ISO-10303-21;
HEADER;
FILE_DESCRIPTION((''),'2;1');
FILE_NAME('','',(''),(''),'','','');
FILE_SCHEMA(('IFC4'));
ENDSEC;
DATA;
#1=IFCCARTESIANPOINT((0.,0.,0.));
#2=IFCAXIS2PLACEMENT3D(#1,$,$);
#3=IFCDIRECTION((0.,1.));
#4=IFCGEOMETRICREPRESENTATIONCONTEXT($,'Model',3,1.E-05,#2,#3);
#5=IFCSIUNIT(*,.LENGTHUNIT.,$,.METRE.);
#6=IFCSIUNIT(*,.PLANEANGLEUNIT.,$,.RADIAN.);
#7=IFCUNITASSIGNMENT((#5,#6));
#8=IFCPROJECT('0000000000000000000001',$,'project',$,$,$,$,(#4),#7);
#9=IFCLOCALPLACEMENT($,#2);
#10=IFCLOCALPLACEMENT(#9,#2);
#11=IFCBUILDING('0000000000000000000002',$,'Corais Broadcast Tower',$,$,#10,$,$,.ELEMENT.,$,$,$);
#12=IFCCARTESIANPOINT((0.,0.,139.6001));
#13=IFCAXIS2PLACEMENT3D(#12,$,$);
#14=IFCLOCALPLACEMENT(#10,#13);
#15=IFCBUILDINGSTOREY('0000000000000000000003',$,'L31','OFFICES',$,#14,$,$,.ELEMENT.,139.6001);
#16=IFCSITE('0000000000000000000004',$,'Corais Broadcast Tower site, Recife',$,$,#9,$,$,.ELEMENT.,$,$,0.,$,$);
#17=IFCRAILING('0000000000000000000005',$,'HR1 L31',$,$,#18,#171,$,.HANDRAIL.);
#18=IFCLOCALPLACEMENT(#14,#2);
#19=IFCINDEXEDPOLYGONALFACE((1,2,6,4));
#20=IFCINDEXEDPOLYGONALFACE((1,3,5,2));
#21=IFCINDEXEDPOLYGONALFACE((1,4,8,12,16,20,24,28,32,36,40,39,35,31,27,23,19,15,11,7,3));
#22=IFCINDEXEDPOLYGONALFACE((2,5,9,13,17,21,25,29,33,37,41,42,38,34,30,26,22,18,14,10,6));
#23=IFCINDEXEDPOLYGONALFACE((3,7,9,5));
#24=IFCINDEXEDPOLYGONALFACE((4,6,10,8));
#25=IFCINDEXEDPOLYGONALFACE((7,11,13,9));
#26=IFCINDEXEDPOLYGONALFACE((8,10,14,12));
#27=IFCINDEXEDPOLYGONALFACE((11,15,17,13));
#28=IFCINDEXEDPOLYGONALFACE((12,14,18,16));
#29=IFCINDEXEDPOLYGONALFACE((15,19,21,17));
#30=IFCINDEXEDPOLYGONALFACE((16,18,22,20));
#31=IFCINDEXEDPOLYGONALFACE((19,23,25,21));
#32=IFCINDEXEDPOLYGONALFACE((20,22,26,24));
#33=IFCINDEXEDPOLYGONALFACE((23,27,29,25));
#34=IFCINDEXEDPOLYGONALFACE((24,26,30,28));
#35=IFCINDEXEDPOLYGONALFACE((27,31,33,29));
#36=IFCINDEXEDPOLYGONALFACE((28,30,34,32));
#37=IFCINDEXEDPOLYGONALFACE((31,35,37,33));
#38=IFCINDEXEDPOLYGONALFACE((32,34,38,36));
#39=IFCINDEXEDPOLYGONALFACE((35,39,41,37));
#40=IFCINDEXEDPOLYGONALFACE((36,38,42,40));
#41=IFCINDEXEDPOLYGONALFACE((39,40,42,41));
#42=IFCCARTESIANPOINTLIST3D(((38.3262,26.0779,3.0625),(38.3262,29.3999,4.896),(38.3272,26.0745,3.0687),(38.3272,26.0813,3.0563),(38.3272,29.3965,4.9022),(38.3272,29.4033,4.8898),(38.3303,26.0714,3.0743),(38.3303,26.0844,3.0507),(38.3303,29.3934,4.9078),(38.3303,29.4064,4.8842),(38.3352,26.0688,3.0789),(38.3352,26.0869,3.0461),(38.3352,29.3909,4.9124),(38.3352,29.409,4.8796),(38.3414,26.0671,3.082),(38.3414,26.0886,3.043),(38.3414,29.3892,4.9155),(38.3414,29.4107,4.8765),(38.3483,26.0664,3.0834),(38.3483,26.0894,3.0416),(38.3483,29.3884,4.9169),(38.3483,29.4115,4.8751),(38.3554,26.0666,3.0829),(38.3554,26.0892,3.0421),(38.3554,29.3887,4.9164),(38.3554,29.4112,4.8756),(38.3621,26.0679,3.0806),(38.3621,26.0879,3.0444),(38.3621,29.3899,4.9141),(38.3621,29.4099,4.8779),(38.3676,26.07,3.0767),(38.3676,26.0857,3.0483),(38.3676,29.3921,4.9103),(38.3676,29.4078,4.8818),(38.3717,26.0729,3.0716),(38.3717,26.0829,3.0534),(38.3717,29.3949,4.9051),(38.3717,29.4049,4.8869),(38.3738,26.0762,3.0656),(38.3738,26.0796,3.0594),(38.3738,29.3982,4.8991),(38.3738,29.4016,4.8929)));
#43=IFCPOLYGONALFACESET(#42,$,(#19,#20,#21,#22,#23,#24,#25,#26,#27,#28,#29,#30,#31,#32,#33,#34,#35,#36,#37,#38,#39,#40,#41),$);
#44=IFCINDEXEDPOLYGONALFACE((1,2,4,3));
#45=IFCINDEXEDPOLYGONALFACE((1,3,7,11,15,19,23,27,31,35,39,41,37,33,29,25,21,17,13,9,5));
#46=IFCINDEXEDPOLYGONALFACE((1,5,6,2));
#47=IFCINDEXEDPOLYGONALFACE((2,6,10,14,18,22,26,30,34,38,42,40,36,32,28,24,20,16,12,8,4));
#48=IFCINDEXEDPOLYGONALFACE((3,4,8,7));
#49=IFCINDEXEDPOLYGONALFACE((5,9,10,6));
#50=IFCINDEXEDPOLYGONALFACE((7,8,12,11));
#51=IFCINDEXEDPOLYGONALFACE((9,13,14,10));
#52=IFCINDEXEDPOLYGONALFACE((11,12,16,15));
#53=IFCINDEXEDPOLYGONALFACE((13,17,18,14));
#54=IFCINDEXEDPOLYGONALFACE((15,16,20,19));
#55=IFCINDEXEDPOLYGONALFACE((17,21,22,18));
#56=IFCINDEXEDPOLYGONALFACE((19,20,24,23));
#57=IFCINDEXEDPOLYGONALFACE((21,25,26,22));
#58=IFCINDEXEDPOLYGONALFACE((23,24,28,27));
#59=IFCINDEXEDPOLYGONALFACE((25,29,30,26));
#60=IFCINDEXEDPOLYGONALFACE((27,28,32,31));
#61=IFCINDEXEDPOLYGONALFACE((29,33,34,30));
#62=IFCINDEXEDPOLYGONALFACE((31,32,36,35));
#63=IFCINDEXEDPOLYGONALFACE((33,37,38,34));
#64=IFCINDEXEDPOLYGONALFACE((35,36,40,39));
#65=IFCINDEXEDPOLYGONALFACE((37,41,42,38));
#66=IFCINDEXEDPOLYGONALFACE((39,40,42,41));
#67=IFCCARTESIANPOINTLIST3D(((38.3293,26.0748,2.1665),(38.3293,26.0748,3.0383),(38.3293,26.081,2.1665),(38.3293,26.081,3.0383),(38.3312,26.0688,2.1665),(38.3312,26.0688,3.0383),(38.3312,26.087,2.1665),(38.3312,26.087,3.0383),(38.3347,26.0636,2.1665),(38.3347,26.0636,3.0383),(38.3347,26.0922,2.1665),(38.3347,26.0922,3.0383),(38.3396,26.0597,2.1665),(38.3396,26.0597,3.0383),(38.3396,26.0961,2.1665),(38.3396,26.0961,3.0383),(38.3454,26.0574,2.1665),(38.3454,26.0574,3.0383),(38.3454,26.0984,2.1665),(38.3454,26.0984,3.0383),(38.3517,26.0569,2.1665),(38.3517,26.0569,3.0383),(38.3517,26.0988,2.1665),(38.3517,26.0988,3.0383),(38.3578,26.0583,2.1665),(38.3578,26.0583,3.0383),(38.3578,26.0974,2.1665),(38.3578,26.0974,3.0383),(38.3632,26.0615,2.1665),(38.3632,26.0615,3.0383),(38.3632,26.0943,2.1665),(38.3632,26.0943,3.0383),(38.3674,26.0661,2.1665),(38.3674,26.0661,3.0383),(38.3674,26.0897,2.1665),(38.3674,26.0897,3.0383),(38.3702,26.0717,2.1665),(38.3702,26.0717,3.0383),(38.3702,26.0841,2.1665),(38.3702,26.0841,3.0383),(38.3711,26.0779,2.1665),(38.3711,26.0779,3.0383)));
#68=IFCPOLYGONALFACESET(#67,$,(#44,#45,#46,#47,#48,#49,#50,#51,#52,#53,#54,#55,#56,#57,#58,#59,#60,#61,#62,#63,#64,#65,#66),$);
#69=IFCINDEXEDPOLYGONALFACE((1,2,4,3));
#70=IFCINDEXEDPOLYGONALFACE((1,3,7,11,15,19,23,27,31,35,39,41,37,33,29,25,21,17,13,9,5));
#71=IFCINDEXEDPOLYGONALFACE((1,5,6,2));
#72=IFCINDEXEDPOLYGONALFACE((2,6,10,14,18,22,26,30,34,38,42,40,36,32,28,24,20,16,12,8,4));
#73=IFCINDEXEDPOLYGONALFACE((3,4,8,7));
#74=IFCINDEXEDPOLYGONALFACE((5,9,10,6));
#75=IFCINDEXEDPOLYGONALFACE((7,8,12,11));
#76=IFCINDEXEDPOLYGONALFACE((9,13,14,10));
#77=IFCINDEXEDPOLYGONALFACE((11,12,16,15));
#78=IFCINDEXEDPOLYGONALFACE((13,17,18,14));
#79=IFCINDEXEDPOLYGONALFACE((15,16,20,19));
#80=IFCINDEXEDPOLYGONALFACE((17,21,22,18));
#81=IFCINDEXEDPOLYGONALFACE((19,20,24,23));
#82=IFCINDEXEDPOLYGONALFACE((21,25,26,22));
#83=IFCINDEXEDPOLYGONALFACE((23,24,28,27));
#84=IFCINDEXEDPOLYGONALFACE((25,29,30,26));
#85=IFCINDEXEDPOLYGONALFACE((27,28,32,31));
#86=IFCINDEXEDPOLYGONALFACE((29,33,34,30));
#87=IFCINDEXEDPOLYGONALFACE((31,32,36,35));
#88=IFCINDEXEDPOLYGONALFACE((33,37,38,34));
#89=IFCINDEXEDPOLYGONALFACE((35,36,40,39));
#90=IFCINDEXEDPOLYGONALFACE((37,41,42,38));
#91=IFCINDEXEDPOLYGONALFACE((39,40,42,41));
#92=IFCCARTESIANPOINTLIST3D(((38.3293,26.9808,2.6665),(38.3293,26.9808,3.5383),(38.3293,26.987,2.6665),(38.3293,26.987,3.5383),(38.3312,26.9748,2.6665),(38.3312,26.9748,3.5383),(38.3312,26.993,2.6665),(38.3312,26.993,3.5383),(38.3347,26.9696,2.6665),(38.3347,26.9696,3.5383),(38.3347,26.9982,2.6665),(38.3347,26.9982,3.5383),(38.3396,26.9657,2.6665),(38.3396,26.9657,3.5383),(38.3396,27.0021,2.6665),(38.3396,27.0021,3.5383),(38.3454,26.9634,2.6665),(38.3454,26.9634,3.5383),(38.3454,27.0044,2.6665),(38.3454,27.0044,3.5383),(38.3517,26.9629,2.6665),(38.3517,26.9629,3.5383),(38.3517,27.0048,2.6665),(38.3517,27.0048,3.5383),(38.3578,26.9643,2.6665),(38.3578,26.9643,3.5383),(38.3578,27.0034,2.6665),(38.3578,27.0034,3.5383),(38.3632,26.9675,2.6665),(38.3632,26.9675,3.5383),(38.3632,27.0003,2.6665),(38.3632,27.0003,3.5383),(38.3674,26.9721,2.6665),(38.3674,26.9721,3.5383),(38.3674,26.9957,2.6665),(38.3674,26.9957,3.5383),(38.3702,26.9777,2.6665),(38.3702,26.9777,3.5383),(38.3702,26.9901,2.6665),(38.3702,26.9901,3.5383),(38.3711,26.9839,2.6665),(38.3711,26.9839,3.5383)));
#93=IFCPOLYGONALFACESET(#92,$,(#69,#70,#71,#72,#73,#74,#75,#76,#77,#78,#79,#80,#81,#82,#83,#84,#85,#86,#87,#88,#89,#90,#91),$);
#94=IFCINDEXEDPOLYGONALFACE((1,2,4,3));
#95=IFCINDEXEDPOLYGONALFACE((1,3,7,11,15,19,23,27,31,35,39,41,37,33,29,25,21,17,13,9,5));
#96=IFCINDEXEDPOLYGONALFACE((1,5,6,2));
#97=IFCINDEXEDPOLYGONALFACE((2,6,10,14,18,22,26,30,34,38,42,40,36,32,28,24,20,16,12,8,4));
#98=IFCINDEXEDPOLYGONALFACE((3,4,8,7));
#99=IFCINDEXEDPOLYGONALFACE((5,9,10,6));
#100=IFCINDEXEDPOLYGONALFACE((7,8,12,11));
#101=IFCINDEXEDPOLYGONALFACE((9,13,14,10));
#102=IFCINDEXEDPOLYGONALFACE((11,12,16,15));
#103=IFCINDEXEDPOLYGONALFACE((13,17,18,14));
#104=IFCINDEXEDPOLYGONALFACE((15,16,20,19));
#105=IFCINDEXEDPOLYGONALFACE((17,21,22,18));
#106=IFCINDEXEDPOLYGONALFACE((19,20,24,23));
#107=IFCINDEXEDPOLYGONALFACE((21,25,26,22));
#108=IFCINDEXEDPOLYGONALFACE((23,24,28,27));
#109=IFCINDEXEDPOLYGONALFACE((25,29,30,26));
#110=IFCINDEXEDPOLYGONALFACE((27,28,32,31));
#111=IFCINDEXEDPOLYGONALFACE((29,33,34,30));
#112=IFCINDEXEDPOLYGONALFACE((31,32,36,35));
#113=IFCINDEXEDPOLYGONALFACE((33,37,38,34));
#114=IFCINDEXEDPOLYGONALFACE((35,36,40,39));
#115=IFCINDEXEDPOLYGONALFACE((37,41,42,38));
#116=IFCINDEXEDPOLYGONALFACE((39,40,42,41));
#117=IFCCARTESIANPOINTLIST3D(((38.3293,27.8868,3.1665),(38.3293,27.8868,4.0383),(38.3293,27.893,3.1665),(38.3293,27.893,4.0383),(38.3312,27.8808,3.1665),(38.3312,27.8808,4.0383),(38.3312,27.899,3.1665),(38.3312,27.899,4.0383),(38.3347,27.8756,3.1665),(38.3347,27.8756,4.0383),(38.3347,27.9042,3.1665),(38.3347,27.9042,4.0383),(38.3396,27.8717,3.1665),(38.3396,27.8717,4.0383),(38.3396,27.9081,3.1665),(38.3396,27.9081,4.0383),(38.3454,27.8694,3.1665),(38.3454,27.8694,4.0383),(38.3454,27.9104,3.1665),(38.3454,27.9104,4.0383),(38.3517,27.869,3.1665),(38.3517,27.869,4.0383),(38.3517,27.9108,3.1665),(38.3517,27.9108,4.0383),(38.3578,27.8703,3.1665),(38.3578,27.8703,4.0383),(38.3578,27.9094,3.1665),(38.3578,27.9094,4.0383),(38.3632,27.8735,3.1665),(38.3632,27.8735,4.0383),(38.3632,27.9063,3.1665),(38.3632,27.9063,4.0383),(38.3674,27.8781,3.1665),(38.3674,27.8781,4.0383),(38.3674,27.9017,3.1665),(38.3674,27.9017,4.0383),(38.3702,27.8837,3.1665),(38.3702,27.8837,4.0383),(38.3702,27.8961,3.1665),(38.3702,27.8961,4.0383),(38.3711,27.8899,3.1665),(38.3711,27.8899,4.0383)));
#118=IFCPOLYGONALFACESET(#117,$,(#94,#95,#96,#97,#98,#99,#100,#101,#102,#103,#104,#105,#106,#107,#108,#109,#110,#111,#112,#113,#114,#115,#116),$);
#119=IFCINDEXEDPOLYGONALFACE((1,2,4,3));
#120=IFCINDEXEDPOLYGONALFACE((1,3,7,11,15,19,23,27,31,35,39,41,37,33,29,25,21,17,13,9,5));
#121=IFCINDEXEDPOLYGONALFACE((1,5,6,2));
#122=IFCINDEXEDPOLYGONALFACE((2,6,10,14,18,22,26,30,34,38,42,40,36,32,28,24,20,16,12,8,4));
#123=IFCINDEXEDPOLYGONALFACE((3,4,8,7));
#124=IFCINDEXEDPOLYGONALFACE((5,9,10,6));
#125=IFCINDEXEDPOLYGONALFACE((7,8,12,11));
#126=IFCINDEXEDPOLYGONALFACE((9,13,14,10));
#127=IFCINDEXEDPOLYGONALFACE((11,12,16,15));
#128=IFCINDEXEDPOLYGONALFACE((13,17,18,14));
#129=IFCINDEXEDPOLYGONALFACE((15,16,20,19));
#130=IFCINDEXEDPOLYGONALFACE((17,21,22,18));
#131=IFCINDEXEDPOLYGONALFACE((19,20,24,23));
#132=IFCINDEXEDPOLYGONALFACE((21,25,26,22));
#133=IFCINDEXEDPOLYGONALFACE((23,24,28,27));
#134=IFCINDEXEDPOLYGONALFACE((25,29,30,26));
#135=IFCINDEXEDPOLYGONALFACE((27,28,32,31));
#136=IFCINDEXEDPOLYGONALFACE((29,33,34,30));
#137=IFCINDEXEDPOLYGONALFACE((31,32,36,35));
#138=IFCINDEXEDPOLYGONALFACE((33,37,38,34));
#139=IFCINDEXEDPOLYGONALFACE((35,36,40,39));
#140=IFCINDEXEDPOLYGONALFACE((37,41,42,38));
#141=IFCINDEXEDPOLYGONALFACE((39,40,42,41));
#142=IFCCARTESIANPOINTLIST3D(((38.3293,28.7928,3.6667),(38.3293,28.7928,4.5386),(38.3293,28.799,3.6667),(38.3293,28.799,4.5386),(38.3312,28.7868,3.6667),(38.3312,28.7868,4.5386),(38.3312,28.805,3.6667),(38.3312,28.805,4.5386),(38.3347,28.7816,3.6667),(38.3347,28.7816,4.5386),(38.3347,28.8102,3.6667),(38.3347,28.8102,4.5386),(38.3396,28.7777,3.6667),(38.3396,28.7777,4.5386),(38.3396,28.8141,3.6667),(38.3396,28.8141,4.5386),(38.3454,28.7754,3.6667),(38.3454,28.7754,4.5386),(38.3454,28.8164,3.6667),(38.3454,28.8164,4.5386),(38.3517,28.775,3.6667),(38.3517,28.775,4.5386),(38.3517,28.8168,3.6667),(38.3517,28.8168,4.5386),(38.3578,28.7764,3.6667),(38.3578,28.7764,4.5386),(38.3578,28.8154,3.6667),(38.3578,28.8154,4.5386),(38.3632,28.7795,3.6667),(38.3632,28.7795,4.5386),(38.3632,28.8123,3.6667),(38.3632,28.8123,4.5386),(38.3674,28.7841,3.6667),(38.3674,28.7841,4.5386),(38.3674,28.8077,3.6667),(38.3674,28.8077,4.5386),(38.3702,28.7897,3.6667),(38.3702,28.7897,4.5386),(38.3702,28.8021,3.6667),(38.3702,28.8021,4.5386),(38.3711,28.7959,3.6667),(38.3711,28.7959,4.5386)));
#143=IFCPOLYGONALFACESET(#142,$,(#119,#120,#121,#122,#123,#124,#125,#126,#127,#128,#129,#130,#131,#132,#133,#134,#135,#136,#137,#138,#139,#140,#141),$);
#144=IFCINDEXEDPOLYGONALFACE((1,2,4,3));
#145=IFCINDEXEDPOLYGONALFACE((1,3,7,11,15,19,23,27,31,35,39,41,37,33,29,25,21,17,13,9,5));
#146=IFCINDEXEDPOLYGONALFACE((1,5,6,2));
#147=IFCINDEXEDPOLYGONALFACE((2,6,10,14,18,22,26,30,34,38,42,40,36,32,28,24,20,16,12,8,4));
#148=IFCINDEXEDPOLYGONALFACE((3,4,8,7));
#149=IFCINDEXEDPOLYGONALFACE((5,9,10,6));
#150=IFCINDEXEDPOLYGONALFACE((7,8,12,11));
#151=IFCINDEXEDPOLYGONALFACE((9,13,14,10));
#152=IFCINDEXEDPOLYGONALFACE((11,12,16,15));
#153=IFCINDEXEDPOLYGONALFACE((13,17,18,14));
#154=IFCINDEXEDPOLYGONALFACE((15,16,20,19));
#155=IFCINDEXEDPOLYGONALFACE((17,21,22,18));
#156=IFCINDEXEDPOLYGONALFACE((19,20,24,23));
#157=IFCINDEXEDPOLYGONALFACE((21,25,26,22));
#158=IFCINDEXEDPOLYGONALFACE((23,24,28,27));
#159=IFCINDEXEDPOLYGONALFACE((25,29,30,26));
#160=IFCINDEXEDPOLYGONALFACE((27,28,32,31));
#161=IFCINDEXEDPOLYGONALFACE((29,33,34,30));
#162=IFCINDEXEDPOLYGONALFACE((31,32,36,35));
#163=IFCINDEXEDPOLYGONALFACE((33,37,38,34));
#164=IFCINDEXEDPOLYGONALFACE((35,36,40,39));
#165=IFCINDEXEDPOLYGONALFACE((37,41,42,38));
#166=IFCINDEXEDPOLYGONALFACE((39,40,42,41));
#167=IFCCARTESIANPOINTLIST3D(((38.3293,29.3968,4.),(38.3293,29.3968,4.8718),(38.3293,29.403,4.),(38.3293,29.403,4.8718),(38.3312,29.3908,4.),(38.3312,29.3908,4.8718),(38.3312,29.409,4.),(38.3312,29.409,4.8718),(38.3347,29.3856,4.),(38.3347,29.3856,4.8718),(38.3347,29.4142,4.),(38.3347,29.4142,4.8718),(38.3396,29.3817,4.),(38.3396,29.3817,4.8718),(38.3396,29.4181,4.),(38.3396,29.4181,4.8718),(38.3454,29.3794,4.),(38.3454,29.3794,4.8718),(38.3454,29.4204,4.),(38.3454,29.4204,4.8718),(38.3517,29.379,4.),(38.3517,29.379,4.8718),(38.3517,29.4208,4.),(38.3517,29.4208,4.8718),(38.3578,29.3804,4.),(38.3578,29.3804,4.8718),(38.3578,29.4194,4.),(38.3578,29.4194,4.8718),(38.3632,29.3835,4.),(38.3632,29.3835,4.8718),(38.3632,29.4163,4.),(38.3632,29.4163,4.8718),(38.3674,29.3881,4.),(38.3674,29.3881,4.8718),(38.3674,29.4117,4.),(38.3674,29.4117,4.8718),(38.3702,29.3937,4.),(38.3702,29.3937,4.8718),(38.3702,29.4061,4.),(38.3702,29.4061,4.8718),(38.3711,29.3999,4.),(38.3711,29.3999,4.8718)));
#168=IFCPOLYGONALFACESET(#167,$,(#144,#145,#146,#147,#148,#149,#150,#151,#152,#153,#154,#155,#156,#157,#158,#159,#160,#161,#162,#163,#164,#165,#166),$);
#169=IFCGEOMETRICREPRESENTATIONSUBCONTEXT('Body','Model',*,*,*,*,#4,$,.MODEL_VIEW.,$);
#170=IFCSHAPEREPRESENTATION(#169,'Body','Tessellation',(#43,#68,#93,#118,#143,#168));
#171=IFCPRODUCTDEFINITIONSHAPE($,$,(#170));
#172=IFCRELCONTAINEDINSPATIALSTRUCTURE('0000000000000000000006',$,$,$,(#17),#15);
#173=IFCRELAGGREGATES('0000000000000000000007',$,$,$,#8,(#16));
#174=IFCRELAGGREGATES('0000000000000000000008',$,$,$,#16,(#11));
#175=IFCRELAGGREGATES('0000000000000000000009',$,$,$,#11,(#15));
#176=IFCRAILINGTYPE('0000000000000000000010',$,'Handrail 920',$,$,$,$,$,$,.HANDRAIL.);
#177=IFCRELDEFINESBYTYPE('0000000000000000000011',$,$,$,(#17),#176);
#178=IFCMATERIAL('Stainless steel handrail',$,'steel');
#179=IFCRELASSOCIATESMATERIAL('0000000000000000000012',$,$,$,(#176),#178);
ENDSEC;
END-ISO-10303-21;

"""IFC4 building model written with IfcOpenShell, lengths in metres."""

from ifc_helpers import new_model, si_unit, direction, frame, origin, origin_2d, place, context, subcontext, project, spatial, circle, extrude, material, type_object, element, save


model = new_model("IFC4")

# Units and contexts
model_context = context("Model", 3, precision=1e-05, world=origin(), true_north=direction((0.0, 1.0)))
body_context = subcontext(model_context, "Body", "Model", "MODEL_VIEW")
ifc_project = project(units=[si_unit("LENGTHUNIT", "METRE"), si_unit("PLANEANGLEUNIT", "RADIAN")], contexts=[model_context])

# Site, building, storey
site_placement = place(None, origin())
site = spatial("IfcSite", under=ifc_project, at=site_placement, Name="Corais Broadcast Tower site, Recife", CompositionType="ELEMENT", RefElevation=0.0)
building_placement = place(site_placement, origin())
building = spatial("IfcBuilding", under=site, at=building_placement, Name="Corais Broadcast Tower", CompositionType="ELEMENT")
storey_placement = place(building_placement, frame((0.0, 0.0, 139.6001)))
storey = spatial("IfcBuildingStorey", under=building, at=storey_placement, Name="L31", Description="OFFICES", CompositionType="ELEMENT", Elevation=139.6001)

# Railing
ifc_material_1 = material(Name="Stainless steel handrail", Category="steel")
railing_type = type_object("IfcRailingType", Name="Handrail 920", PredefinedType="HANDRAIL", material=ifc_material_1)
railing_placement = place(storey_placement, frame((38.3501, 26.0779, 2.1665)))
element("IfcRailing", 1, at=railing_placement, inside=storey, type_object=railing_type, Name="HR1 L31", PredefinedType="HANDRAIL", context=body_context, shape_type="SweptSolid", body=[
    extrude(circle(Radius=0.0239, at=origin_2d()), frame((0.0, 0.0, 0.896), z_axis=(0.0, 0.875504, 0.48321), x_axis=(-1.0, 0.0, 0.0)), (0.0, 0.0, 1.0), 3.7944),
    extrude(circle(Radius=0.021, at=origin_2d()), origin(), (0.0, 0.0, 1.0), 0.8718),
    extrude(circle(Radius=0.021, at=origin_2d()), frame((0.0, 0.906, 0.5)), (0.0, 0.0, 1.0), 0.8718),
    extrude(circle(Radius=0.021, at=origin_2d()), frame((0.0, 1.812, 1.0)), (0.0, 0.0, 1.0), 0.8718),
    extrude(circle(Radius=0.021, at=origin_2d()), frame((0.0, 2.718, 1.5002)), (0.0, 0.0, 1.0), 0.8718),
    extrude(circle(Radius=0.021, at=origin_2d()), frame((0.0, 3.322, 1.8335)), (0.0, 0.0, 1.0), 0.8718),
])

save(model, "model.ifc")
